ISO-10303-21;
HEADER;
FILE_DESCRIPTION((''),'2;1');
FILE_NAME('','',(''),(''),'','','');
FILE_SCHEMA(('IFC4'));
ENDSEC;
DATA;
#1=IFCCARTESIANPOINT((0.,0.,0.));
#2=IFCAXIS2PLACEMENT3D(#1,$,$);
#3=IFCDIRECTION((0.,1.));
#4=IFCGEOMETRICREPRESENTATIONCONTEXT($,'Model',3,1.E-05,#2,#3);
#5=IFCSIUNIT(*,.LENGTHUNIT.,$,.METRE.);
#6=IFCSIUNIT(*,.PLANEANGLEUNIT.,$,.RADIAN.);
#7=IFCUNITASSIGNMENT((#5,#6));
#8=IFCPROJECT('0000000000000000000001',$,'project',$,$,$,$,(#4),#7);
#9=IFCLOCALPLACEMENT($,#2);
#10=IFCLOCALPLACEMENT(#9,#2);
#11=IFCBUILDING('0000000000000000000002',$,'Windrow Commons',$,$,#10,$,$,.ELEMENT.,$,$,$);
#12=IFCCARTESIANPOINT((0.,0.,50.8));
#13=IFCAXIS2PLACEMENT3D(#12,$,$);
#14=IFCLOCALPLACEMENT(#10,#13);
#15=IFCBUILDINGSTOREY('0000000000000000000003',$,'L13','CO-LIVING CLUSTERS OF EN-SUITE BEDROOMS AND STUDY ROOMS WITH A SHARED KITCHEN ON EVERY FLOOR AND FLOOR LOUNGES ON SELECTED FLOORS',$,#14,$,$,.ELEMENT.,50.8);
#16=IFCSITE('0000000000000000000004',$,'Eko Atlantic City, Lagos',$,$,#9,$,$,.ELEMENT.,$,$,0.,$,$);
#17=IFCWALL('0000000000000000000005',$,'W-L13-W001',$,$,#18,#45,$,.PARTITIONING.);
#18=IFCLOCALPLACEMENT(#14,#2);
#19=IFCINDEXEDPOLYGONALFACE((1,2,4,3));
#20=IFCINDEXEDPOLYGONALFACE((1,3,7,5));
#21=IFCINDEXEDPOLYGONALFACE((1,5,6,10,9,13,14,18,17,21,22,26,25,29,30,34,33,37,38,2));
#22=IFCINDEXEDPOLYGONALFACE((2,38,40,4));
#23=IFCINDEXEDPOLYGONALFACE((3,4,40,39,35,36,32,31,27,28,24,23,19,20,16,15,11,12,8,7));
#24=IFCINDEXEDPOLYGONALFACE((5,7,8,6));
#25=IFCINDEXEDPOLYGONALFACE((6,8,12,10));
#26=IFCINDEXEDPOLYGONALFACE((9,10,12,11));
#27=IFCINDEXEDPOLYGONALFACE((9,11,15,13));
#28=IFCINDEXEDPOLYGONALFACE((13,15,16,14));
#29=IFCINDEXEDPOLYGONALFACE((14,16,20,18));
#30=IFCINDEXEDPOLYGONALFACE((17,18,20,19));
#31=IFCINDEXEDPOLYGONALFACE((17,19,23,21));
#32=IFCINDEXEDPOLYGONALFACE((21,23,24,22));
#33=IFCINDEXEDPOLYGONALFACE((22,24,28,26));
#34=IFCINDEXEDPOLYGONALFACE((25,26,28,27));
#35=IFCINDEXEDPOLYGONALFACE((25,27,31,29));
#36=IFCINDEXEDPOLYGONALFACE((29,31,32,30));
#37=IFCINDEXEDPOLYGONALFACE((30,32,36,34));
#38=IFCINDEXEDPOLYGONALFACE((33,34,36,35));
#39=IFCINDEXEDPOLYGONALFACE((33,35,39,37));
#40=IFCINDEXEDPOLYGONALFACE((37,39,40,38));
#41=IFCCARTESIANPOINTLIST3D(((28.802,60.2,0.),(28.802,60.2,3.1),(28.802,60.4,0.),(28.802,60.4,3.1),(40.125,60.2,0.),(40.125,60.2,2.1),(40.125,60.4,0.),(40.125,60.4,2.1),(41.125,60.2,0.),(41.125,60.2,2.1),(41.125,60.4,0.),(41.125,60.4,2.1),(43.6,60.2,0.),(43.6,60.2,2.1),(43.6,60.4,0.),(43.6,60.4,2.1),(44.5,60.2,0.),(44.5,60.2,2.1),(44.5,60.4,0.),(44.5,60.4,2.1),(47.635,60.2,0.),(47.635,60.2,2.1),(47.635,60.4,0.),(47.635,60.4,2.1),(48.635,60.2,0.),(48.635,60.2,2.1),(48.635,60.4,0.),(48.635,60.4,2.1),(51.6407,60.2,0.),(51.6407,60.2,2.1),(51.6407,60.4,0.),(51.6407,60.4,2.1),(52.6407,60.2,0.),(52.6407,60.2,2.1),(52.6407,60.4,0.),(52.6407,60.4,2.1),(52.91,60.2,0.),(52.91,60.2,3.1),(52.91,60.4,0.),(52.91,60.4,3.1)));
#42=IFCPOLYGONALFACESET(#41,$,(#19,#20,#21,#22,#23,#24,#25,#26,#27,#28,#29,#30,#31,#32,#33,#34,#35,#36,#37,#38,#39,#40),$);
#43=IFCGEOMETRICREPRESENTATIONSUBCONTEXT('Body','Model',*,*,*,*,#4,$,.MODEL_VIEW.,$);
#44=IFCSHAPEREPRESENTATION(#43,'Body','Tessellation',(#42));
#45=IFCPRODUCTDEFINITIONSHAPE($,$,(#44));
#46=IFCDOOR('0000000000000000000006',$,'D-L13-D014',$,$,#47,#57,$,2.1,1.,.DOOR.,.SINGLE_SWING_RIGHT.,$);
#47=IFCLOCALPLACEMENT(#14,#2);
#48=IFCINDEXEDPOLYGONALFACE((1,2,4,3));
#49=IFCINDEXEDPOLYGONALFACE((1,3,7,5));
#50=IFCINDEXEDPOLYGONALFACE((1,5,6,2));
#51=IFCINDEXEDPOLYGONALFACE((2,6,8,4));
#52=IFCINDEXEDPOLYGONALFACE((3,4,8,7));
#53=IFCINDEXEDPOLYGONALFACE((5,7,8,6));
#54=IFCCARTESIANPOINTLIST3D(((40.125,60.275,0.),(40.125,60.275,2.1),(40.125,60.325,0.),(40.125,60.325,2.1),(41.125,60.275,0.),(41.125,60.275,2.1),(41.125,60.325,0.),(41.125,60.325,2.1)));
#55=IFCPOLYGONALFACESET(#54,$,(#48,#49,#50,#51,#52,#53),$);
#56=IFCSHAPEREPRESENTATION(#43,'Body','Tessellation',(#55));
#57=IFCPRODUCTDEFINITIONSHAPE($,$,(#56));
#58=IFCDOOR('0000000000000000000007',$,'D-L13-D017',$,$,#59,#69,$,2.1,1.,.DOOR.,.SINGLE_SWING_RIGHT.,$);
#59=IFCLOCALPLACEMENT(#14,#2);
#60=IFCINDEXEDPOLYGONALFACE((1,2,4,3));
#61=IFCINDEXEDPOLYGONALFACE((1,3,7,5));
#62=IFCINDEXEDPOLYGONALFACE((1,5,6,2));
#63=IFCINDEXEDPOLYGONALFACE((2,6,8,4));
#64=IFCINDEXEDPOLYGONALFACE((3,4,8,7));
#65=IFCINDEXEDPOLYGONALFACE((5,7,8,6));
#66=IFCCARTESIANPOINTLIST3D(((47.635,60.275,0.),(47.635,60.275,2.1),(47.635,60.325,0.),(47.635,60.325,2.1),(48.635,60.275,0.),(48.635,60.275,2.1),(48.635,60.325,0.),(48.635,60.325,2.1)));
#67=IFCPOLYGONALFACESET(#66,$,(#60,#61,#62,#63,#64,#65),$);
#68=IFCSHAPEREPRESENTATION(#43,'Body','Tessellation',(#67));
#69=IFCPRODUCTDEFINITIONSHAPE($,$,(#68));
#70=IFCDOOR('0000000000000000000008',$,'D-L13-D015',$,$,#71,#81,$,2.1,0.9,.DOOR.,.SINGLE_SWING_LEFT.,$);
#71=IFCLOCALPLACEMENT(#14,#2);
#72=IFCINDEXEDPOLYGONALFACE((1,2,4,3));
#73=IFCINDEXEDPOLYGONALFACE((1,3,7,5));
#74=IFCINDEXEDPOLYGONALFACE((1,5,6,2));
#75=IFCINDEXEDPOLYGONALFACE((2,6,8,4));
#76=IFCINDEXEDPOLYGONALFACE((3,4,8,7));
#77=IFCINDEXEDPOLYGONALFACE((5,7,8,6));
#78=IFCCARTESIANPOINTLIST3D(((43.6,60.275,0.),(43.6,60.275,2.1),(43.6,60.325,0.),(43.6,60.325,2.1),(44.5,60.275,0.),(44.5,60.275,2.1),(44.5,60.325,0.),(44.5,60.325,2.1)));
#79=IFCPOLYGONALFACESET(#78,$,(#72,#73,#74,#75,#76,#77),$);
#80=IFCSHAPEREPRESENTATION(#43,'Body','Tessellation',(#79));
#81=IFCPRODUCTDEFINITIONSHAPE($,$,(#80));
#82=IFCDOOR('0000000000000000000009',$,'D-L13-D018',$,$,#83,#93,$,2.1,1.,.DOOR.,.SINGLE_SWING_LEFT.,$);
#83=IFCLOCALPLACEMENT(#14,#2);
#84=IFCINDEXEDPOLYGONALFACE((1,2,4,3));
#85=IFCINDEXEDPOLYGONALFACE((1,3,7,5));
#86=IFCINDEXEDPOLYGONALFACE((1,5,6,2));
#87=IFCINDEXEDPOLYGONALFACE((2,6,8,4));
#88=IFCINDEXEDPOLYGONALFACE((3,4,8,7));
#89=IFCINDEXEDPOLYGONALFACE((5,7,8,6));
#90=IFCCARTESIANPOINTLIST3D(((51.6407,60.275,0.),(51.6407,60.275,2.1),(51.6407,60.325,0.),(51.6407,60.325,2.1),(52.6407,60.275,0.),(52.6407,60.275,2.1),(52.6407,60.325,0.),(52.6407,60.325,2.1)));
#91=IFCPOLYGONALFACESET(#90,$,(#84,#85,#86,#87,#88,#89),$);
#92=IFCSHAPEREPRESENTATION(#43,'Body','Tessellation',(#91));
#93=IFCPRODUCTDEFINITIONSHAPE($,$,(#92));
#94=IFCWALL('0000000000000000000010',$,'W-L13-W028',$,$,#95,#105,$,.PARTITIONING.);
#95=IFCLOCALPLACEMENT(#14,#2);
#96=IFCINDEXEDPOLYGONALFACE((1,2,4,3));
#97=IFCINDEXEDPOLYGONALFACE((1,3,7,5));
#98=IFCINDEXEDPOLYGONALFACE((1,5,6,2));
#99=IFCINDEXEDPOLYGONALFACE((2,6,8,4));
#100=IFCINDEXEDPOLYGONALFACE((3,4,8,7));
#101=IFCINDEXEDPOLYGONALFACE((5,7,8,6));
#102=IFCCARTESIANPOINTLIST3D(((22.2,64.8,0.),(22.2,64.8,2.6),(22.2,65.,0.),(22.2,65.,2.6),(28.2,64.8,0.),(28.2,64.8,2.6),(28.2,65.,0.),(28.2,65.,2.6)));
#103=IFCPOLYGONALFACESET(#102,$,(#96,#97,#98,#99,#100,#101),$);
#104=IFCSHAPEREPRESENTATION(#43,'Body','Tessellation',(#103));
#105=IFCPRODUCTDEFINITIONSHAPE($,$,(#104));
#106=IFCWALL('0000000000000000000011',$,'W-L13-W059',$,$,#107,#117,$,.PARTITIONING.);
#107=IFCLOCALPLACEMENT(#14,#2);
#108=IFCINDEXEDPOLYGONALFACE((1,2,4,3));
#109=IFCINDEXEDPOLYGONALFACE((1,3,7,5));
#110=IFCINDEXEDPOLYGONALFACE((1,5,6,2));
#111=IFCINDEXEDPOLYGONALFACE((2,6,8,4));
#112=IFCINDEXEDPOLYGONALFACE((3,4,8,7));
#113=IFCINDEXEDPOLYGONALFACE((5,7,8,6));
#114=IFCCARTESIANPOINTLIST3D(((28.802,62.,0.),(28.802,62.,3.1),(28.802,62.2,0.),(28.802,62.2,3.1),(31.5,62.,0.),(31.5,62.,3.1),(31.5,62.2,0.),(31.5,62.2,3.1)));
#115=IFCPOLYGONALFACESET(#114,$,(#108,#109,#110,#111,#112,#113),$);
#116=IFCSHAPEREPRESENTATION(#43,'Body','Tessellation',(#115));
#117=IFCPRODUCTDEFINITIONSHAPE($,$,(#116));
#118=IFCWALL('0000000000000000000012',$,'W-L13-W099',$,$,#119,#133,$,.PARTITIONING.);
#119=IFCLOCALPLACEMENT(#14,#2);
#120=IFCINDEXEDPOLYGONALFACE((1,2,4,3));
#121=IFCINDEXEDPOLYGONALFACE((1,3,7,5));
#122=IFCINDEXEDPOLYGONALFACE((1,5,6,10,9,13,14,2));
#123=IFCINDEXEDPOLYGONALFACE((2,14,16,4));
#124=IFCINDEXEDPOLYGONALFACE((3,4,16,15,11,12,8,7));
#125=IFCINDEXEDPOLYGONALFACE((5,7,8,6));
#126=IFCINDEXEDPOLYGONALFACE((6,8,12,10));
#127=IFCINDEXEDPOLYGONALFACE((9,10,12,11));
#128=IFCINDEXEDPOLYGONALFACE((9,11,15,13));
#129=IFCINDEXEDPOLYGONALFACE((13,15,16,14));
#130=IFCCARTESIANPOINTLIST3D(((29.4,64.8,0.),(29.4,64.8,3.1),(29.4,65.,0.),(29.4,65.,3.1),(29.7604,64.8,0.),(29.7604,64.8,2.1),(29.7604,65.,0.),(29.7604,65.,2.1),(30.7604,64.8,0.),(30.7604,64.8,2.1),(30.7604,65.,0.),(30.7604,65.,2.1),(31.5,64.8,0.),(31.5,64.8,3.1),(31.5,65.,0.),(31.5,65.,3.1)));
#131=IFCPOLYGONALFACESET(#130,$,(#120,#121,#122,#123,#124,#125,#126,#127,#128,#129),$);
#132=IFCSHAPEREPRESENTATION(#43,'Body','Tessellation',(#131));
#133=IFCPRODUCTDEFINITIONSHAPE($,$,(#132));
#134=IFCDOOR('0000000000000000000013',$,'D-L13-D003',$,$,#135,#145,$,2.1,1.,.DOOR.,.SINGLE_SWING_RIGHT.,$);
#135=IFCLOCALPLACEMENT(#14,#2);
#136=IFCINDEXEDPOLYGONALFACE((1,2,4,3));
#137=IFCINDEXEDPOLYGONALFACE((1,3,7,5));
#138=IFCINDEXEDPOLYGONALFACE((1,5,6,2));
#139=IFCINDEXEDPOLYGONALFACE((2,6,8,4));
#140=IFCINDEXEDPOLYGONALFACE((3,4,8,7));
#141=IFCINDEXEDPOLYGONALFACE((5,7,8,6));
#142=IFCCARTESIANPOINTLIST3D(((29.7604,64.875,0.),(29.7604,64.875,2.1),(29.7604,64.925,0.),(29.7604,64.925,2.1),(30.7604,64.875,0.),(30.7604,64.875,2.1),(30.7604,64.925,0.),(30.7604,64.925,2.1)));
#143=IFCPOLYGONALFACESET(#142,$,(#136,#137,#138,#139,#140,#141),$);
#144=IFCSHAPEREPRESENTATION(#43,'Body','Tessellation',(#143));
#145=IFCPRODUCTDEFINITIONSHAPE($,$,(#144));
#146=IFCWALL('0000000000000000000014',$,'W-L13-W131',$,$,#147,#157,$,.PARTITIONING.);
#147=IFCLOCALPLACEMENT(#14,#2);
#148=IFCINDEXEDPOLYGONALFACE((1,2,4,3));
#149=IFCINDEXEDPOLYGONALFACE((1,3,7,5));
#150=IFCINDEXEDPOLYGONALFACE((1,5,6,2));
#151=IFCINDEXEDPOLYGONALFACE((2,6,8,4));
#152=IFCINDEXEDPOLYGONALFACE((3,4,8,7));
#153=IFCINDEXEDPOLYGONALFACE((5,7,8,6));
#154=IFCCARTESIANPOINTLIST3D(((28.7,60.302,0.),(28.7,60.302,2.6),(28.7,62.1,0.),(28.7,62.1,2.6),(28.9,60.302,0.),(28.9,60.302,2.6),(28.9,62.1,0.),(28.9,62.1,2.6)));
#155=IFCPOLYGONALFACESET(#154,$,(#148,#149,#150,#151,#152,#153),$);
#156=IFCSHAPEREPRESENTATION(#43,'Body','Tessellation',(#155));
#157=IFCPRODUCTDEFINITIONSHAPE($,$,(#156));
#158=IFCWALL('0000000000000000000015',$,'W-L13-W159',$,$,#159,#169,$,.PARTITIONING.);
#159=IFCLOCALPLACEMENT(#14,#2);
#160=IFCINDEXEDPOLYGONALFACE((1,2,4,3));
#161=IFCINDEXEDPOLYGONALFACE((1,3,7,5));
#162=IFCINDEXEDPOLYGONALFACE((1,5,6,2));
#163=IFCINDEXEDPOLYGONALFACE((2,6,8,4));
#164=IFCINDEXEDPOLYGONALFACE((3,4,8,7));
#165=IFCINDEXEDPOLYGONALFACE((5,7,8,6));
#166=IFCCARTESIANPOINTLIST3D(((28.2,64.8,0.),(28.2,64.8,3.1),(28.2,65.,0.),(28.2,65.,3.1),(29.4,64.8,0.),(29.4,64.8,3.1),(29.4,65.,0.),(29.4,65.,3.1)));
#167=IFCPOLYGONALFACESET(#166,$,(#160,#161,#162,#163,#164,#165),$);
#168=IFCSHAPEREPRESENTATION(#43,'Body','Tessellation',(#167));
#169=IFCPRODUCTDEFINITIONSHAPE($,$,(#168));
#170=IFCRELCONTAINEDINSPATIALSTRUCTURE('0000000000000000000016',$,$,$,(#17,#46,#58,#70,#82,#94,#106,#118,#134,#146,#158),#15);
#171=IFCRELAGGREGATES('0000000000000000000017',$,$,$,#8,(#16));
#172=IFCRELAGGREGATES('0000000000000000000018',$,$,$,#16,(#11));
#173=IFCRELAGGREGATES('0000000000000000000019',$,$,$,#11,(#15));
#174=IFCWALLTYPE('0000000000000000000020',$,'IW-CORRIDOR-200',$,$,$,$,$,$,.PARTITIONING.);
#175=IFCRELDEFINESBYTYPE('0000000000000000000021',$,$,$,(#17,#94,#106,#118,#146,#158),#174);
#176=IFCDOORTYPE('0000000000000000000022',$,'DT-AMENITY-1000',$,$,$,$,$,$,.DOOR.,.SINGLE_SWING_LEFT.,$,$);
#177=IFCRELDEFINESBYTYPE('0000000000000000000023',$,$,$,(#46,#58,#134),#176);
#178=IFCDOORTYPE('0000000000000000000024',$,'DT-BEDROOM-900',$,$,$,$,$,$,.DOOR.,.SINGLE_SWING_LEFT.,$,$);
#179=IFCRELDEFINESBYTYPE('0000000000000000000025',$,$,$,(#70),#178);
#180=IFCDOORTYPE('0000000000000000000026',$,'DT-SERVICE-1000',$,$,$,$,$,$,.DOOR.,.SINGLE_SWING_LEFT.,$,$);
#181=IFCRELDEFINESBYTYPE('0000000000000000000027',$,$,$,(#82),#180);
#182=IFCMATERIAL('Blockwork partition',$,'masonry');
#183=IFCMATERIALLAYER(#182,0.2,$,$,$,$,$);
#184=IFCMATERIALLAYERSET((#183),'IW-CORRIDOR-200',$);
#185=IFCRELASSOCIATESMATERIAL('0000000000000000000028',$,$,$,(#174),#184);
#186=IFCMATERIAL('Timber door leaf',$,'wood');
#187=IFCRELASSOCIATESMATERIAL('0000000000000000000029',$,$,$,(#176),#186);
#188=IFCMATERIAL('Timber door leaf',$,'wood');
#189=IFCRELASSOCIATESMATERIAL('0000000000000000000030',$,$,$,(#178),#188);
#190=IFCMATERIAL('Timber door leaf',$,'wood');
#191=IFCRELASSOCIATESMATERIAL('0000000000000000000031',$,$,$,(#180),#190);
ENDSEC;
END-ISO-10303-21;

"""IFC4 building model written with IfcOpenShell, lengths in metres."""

from ifc_helpers import new_model, si_unit, direction, frame, frame_2d, origin, place, context, subcontext, project, spatial, rectangle, extrude, material, layer, layer_set, type_object, element, fill, save


model = new_model("IFC4")

# Units and contexts
model_context = context("Model", 3, precision=1e-05, world=origin(), true_north=direction((0.0, 1.0)))
body_context = subcontext(model_context, "Body", "Model", "MODEL_VIEW")
ifc_project = project(units=[si_unit("LENGTHUNIT", "METRE"), si_unit("PLANEANGLEUNIT", "RADIAN")], contexts=[model_context])

# Site, building, storey
site_placement = place(None, origin())
site = spatial("IfcSite", under=ifc_project, at=site_placement, Name="Eko Atlantic City, Lagos", CompositionType="ELEMENT", RefElevation=0.0)
building_placement = place(site_placement, origin())
building = spatial("IfcBuilding", under=site, at=building_placement, Name="Windrow Commons", CompositionType="ELEMENT")
storey_placement = place(building_placement, frame((0.0, 0.0, 50.8)))
storey = spatial("IfcBuildingStorey", under=building, at=storey_placement, Name="L13", Description="CO-LIVING CLUSTERS OF EN-SUITE BEDROOMS AND STUDY ROOMS WITH A SHARED KITCHEN ON EVERY FLOOR AND FLOOR LOUNGES ON SELECTED FLOORS", CompositionType="ELEMENT", Elevation=50.8)

# Wall, openings, doors
ifc_material_1 = material(Name="Blockwork partition", Category="masonry")
ifc_layer_1 = layer(ifc_material_1, 0.2)
ifc_layer_set_1 = layer_set([ifc_layer_1], Name="IW-CORRIDOR-200")
wall_type_1 = type_object("IfcWallType", Name="IW-CORRIDOR-200", PredefinedType="PARTITIONING", material=ifc_layer_set_1)
wall_1_placement = place(storey_placement, frame((28.802, 60.3, 0.0), z_axis=(0.0, 0.0, 1.0), x_axis=(1.0, 0.0, 0.0)))
wall_1 = element("IfcWall", 1, at=wall_1_placement, inside=storey, type_object=wall_type_1, Name="W-L13-W001", PredefinedType="PARTITIONING", context=body_context, shape_type="SweptSolid", body=[
    extrude(rectangle(XDim=24.108, YDim=0.2, at=frame_2d((12.054, 0.0))), origin(), (0.0, 0.0, 1.0), 3.1),
])
opening_1_placement = place(wall_1_placement, frame((11.323, 0.0, 0.0)))
opening_1 = element("IfcOpeningElement", 2, at=opening_1_placement, cuts=wall_1, PredefinedType="OPENING", context=body_context, shape_type="SweptSolid", body=[
    extrude(rectangle(XDim=1.0, YDim=2.1, at=frame_2d((0.5, 1.05))), frame((0.0, 0.11, 0.0), z_axis=(0.0, -1.0, 0.0), x_axis=(1.0, 0.0, 0.0)), (0.0, 0.0, 1.0), 0.22),
])
opening_2_placement = place(wall_1_placement, frame((14.798, 0.0, 0.0)))
opening_2 = element("IfcOpeningElement", 3, at=opening_2_placement, cuts=wall_1, PredefinedType="OPENING", context=body_context, shape_type="SweptSolid", body=[
    extrude(rectangle(XDim=0.9, YDim=2.1, at=frame_2d((0.45, 1.05))), frame((0.0, 0.11, 0.0), z_axis=(0.0, -1.0, 0.0), x_axis=(1.0, 0.0, 0.0)), (0.0, 0.0, 1.0), 0.22),
])
opening_3_placement = place(wall_1_placement, frame((18.833, 0.0, 0.0)))
opening_3 = element("IfcOpeningElement", 4, at=opening_3_placement, cuts=wall_1, PredefinedType="OPENING", context=body_context, shape_type="SweptSolid", body=[
    extrude(rectangle(XDim=1.0, YDim=2.1, at=frame_2d((0.5, 1.05))), frame((0.0, 0.11, 0.0), z_axis=(0.0, -1.0, 0.0), x_axis=(1.0, 0.0, 0.0)), (0.0, 0.0, 1.0), 0.22),
])
opening_4_placement = place(wall_1_placement, frame((22.8387, 0.0, 0.0)))
opening_4 = element("IfcOpeningElement", 5, at=opening_4_placement, cuts=wall_1, PredefinedType="OPENING", context=body_context, shape_type="SweptSolid", body=[
    extrude(rectangle(XDim=1.0, YDim=2.1, at=frame_2d((0.5, 1.05))), frame((0.0, 0.11, 0.0), z_axis=(0.0, -1.0, 0.0), x_axis=(1.0, 0.0, 0.0)), (0.0, 0.0, 1.0), 0.22),
])
ifc_material_2 = material(Name="Timber door leaf", Category="wood")
door_type_1 = type_object("IfcDoorType", Name="DT-AMENITY-1000", OperationType="SINGLE_SWING_LEFT", PredefinedType="DOOR", material=ifc_material_2)
door_1_placement = place(opening_1_placement, origin())
door_1 = element("IfcDoor", 6, at=door_1_placement, inside=storey, type_object=door_type_1, Name="D-L13-D014", OperationType="SINGLE_SWING_RIGHT", OverallHeight=2.1, OverallWidth=1.0, PredefinedType="DOOR", context=body_context, shape_type="SweptSolid", body=[
    extrude(rectangle(XDim=1.0, YDim=2.1, at=frame_2d((0.5, 1.05))), frame((0.0, 0.025, 0.0), z_axis=(0.0, -1.0, 0.0), x_axis=(1.0, 0.0, 0.0)), (0.0, 0.0, 1.0), 0.05),
])
fill(opening_1, door_1)
door_2_placement = place(opening_3_placement, origin())
door_2 = element("IfcDoor", 7, at=door_2_placement, inside=storey, type_object=door_type_1, Name="D-L13-D017", OperationType="SINGLE_SWING_RIGHT", OverallHeight=2.1, OverallWidth=1.0, PredefinedType="DOOR", context=body_context, shape_type="SweptSolid", body=[
    extrude(rectangle(XDim=1.0, YDim=2.1, at=frame_2d((0.5, 1.05))), frame((0.0, 0.025, 0.0), z_axis=(0.0, -1.0, 0.0), x_axis=(1.0, 0.0, 0.0)), (0.0, 0.0, 1.0), 0.05),
])
fill(opening_3, door_2)
ifc_material_3 = material(Name="Timber door leaf", Category="wood")
door_type_2 = type_object("IfcDoorType", Name="DT-BEDROOM-900", OperationType="SINGLE_SWING_LEFT", PredefinedType="DOOR", material=ifc_material_3)
door_3_placement = place(opening_2_placement, origin())
door_3 = element("IfcDoor", 8, at=door_3_placement, inside=storey, type_object=door_type_2, Name="D-L13-D015", OperationType="SINGLE_SWING_LEFT", OverallHeight=2.1, OverallWidth=0.9, PredefinedType="DOOR", context=body_context, shape_type="SweptSolid", body=[
    extrude(rectangle(XDim=0.9, YDim=2.1, at=frame_2d((0.45, 1.05))), frame((0.0, 0.025, 0.0), z_axis=(0.0, -1.0, 0.0), x_axis=(1.0, 0.0, 0.0)), (0.0, 0.0, 1.0), 0.05),
])
fill(opening_2, door_3)
ifc_material_4 = material(Name="Timber door leaf", Category="wood")
door_type_3 = type_object("IfcDoorType", Name="DT-SERVICE-1000", OperationType="SINGLE_SWING_LEFT", PredefinedType="DOOR", material=ifc_material_4)
door_4_placement = place(opening_4_placement, origin())
door_4 = element("IfcDoor", 9, at=door_4_placement, inside=storey, type_object=door_type_3, Name="D-L13-D018", OperationType="SINGLE_SWING_LEFT", OverallHeight=2.1, OverallWidth=1.0, PredefinedType="DOOR", context=body_context, shape_type="SweptSolid", body=[
    extrude(rectangle(XDim=1.0, YDim=2.1, at=frame_2d((0.5, 1.05))), frame((0.0, 0.025, 0.0), z_axis=(0.0, -1.0, 0.0), x_axis=(1.0, 0.0, 0.0)), (0.0, 0.0, 1.0), 0.05),
])
fill(opening_4, door_4)

# Walls
wall_2_placement = place(storey_placement, frame((22.2, 64.9, 0.0), z_axis=(0.0, 0.0, 1.0), x_axis=(1.0, 0.0, 0.0)))
element("IfcWall", 10, at=wall_2_placement, inside=storey, type_object=wall_type_1, Name="W-L13-W028", PredefinedType="PARTITIONING", context=body_context, shape_type="SweptSolid", body=[
    extrude(rectangle(XDim=6.0, YDim=0.2, at=frame_2d((3.0, 0.0))), origin(), (0.0, 0.0, 1.0), 2.6),
])
wall_3_placement = place(storey_placement, frame((28.802, 62.1, 0.0), z_axis=(0.0, 0.0, 1.0), x_axis=(1.0, 0.0, 0.0)))
element("IfcWall", 11, at=wall_3_placement, inside=storey, type_object=wall_type_1, Name="W-L13-W059", PredefinedType="PARTITIONING", context=body_context, shape_type="SweptSolid", body=[
    extrude(rectangle(XDim=2.698, YDim=0.2, at=frame_2d((1.349, 0.0))), origin(), (0.0, 0.0, 1.0), 3.1),
])

# Wall, opening, door
wall_4_placement = place(storey_placement, frame((29.4, 64.9, 0.0), z_axis=(0.0, 0.0, 1.0), x_axis=(1.0, 0.0, 0.0)))
wall_4 = element("IfcWall", 12, at=wall_4_placement, inside=storey, type_object=wall_type_1, Name="W-L13-W099", PredefinedType="PARTITIONING", context=body_context, shape_type="SweptSolid", body=[
    extrude(rectangle(XDim=2.1, YDim=0.2, at=frame_2d((1.05, 0.0))), origin(), (0.0, 0.0, 1.0), 3.1),
])
opening_5_placement = place(wall_4_placement, frame((0.3604, 0.0, 0.0)))
opening_5 = element("IfcOpeningElement", 13, at=opening_5_placement, cuts=wall_4, PredefinedType="OPENING", context=body_context, shape_type="SweptSolid", body=[
    extrude(rectangle(XDim=1.0, YDim=2.1, at=frame_2d((0.5, 1.05))), frame((0.0, 0.11, 0.0), z_axis=(0.0, -1.0, 0.0), x_axis=(1.0, 0.0, 0.0)), (0.0, 0.0, 1.0), 0.22),
])
door_5_placement = place(opening_5_placement, origin())
door_5 = element("IfcDoor", 14, at=door_5_placement, inside=storey, type_object=door_type_1, Name="D-L13-D003", OperationType="SINGLE_SWING_RIGHT", OverallHeight=2.1, OverallWidth=1.0, PredefinedType="DOOR", context=body_context, shape_type="SweptSolid", body=[
    extrude(rectangle(XDim=1.0, YDim=2.1, at=frame_2d((0.5, 1.05))), frame((0.0, 0.025, 0.0), z_axis=(0.0, -1.0, 0.0), x_axis=(1.0, 0.0, 0.0)), (0.0, 0.0, 1.0), 0.05),
])
fill(opening_5, door_5)

# Walls
wall_5_placement = place(storey_placement, frame((28.8, 60.302, 0.0), z_axis=(0.0, 0.0, 1.0), x_axis=(0.0, 1.0, 0.0)))
element("IfcWall", 15, at=wall_5_placement, inside=storey, type_object=wall_type_1, Name="W-L13-W131", PredefinedType="PARTITIONING", context=body_context, shape_type="SweptSolid", body=[
    extrude(rectangle(XDim=1.798, YDim=0.2, at=frame_2d((0.899, 0.0))), origin(), (0.0, 0.0, 1.0), 2.6),
])
wall_6_placement = place(storey_placement, frame((28.2, 64.9, 0.0), z_axis=(0.0, 0.0, 1.0), x_axis=(1.0, 0.0, 0.0)))
element("IfcWall", 16, at=wall_6_placement, inside=storey, type_object=wall_type_1, Name="W-L13-W159", PredefinedType="PARTITIONING", context=body_context, shape_type="SweptSolid", body=[
    extrude(rectangle(XDim=1.2, YDim=0.2, at=frame_2d((0.6, 0.0))), origin(), (0.0, 0.0, 1.0), 3.1),
])

save(model, "model.ifc")
